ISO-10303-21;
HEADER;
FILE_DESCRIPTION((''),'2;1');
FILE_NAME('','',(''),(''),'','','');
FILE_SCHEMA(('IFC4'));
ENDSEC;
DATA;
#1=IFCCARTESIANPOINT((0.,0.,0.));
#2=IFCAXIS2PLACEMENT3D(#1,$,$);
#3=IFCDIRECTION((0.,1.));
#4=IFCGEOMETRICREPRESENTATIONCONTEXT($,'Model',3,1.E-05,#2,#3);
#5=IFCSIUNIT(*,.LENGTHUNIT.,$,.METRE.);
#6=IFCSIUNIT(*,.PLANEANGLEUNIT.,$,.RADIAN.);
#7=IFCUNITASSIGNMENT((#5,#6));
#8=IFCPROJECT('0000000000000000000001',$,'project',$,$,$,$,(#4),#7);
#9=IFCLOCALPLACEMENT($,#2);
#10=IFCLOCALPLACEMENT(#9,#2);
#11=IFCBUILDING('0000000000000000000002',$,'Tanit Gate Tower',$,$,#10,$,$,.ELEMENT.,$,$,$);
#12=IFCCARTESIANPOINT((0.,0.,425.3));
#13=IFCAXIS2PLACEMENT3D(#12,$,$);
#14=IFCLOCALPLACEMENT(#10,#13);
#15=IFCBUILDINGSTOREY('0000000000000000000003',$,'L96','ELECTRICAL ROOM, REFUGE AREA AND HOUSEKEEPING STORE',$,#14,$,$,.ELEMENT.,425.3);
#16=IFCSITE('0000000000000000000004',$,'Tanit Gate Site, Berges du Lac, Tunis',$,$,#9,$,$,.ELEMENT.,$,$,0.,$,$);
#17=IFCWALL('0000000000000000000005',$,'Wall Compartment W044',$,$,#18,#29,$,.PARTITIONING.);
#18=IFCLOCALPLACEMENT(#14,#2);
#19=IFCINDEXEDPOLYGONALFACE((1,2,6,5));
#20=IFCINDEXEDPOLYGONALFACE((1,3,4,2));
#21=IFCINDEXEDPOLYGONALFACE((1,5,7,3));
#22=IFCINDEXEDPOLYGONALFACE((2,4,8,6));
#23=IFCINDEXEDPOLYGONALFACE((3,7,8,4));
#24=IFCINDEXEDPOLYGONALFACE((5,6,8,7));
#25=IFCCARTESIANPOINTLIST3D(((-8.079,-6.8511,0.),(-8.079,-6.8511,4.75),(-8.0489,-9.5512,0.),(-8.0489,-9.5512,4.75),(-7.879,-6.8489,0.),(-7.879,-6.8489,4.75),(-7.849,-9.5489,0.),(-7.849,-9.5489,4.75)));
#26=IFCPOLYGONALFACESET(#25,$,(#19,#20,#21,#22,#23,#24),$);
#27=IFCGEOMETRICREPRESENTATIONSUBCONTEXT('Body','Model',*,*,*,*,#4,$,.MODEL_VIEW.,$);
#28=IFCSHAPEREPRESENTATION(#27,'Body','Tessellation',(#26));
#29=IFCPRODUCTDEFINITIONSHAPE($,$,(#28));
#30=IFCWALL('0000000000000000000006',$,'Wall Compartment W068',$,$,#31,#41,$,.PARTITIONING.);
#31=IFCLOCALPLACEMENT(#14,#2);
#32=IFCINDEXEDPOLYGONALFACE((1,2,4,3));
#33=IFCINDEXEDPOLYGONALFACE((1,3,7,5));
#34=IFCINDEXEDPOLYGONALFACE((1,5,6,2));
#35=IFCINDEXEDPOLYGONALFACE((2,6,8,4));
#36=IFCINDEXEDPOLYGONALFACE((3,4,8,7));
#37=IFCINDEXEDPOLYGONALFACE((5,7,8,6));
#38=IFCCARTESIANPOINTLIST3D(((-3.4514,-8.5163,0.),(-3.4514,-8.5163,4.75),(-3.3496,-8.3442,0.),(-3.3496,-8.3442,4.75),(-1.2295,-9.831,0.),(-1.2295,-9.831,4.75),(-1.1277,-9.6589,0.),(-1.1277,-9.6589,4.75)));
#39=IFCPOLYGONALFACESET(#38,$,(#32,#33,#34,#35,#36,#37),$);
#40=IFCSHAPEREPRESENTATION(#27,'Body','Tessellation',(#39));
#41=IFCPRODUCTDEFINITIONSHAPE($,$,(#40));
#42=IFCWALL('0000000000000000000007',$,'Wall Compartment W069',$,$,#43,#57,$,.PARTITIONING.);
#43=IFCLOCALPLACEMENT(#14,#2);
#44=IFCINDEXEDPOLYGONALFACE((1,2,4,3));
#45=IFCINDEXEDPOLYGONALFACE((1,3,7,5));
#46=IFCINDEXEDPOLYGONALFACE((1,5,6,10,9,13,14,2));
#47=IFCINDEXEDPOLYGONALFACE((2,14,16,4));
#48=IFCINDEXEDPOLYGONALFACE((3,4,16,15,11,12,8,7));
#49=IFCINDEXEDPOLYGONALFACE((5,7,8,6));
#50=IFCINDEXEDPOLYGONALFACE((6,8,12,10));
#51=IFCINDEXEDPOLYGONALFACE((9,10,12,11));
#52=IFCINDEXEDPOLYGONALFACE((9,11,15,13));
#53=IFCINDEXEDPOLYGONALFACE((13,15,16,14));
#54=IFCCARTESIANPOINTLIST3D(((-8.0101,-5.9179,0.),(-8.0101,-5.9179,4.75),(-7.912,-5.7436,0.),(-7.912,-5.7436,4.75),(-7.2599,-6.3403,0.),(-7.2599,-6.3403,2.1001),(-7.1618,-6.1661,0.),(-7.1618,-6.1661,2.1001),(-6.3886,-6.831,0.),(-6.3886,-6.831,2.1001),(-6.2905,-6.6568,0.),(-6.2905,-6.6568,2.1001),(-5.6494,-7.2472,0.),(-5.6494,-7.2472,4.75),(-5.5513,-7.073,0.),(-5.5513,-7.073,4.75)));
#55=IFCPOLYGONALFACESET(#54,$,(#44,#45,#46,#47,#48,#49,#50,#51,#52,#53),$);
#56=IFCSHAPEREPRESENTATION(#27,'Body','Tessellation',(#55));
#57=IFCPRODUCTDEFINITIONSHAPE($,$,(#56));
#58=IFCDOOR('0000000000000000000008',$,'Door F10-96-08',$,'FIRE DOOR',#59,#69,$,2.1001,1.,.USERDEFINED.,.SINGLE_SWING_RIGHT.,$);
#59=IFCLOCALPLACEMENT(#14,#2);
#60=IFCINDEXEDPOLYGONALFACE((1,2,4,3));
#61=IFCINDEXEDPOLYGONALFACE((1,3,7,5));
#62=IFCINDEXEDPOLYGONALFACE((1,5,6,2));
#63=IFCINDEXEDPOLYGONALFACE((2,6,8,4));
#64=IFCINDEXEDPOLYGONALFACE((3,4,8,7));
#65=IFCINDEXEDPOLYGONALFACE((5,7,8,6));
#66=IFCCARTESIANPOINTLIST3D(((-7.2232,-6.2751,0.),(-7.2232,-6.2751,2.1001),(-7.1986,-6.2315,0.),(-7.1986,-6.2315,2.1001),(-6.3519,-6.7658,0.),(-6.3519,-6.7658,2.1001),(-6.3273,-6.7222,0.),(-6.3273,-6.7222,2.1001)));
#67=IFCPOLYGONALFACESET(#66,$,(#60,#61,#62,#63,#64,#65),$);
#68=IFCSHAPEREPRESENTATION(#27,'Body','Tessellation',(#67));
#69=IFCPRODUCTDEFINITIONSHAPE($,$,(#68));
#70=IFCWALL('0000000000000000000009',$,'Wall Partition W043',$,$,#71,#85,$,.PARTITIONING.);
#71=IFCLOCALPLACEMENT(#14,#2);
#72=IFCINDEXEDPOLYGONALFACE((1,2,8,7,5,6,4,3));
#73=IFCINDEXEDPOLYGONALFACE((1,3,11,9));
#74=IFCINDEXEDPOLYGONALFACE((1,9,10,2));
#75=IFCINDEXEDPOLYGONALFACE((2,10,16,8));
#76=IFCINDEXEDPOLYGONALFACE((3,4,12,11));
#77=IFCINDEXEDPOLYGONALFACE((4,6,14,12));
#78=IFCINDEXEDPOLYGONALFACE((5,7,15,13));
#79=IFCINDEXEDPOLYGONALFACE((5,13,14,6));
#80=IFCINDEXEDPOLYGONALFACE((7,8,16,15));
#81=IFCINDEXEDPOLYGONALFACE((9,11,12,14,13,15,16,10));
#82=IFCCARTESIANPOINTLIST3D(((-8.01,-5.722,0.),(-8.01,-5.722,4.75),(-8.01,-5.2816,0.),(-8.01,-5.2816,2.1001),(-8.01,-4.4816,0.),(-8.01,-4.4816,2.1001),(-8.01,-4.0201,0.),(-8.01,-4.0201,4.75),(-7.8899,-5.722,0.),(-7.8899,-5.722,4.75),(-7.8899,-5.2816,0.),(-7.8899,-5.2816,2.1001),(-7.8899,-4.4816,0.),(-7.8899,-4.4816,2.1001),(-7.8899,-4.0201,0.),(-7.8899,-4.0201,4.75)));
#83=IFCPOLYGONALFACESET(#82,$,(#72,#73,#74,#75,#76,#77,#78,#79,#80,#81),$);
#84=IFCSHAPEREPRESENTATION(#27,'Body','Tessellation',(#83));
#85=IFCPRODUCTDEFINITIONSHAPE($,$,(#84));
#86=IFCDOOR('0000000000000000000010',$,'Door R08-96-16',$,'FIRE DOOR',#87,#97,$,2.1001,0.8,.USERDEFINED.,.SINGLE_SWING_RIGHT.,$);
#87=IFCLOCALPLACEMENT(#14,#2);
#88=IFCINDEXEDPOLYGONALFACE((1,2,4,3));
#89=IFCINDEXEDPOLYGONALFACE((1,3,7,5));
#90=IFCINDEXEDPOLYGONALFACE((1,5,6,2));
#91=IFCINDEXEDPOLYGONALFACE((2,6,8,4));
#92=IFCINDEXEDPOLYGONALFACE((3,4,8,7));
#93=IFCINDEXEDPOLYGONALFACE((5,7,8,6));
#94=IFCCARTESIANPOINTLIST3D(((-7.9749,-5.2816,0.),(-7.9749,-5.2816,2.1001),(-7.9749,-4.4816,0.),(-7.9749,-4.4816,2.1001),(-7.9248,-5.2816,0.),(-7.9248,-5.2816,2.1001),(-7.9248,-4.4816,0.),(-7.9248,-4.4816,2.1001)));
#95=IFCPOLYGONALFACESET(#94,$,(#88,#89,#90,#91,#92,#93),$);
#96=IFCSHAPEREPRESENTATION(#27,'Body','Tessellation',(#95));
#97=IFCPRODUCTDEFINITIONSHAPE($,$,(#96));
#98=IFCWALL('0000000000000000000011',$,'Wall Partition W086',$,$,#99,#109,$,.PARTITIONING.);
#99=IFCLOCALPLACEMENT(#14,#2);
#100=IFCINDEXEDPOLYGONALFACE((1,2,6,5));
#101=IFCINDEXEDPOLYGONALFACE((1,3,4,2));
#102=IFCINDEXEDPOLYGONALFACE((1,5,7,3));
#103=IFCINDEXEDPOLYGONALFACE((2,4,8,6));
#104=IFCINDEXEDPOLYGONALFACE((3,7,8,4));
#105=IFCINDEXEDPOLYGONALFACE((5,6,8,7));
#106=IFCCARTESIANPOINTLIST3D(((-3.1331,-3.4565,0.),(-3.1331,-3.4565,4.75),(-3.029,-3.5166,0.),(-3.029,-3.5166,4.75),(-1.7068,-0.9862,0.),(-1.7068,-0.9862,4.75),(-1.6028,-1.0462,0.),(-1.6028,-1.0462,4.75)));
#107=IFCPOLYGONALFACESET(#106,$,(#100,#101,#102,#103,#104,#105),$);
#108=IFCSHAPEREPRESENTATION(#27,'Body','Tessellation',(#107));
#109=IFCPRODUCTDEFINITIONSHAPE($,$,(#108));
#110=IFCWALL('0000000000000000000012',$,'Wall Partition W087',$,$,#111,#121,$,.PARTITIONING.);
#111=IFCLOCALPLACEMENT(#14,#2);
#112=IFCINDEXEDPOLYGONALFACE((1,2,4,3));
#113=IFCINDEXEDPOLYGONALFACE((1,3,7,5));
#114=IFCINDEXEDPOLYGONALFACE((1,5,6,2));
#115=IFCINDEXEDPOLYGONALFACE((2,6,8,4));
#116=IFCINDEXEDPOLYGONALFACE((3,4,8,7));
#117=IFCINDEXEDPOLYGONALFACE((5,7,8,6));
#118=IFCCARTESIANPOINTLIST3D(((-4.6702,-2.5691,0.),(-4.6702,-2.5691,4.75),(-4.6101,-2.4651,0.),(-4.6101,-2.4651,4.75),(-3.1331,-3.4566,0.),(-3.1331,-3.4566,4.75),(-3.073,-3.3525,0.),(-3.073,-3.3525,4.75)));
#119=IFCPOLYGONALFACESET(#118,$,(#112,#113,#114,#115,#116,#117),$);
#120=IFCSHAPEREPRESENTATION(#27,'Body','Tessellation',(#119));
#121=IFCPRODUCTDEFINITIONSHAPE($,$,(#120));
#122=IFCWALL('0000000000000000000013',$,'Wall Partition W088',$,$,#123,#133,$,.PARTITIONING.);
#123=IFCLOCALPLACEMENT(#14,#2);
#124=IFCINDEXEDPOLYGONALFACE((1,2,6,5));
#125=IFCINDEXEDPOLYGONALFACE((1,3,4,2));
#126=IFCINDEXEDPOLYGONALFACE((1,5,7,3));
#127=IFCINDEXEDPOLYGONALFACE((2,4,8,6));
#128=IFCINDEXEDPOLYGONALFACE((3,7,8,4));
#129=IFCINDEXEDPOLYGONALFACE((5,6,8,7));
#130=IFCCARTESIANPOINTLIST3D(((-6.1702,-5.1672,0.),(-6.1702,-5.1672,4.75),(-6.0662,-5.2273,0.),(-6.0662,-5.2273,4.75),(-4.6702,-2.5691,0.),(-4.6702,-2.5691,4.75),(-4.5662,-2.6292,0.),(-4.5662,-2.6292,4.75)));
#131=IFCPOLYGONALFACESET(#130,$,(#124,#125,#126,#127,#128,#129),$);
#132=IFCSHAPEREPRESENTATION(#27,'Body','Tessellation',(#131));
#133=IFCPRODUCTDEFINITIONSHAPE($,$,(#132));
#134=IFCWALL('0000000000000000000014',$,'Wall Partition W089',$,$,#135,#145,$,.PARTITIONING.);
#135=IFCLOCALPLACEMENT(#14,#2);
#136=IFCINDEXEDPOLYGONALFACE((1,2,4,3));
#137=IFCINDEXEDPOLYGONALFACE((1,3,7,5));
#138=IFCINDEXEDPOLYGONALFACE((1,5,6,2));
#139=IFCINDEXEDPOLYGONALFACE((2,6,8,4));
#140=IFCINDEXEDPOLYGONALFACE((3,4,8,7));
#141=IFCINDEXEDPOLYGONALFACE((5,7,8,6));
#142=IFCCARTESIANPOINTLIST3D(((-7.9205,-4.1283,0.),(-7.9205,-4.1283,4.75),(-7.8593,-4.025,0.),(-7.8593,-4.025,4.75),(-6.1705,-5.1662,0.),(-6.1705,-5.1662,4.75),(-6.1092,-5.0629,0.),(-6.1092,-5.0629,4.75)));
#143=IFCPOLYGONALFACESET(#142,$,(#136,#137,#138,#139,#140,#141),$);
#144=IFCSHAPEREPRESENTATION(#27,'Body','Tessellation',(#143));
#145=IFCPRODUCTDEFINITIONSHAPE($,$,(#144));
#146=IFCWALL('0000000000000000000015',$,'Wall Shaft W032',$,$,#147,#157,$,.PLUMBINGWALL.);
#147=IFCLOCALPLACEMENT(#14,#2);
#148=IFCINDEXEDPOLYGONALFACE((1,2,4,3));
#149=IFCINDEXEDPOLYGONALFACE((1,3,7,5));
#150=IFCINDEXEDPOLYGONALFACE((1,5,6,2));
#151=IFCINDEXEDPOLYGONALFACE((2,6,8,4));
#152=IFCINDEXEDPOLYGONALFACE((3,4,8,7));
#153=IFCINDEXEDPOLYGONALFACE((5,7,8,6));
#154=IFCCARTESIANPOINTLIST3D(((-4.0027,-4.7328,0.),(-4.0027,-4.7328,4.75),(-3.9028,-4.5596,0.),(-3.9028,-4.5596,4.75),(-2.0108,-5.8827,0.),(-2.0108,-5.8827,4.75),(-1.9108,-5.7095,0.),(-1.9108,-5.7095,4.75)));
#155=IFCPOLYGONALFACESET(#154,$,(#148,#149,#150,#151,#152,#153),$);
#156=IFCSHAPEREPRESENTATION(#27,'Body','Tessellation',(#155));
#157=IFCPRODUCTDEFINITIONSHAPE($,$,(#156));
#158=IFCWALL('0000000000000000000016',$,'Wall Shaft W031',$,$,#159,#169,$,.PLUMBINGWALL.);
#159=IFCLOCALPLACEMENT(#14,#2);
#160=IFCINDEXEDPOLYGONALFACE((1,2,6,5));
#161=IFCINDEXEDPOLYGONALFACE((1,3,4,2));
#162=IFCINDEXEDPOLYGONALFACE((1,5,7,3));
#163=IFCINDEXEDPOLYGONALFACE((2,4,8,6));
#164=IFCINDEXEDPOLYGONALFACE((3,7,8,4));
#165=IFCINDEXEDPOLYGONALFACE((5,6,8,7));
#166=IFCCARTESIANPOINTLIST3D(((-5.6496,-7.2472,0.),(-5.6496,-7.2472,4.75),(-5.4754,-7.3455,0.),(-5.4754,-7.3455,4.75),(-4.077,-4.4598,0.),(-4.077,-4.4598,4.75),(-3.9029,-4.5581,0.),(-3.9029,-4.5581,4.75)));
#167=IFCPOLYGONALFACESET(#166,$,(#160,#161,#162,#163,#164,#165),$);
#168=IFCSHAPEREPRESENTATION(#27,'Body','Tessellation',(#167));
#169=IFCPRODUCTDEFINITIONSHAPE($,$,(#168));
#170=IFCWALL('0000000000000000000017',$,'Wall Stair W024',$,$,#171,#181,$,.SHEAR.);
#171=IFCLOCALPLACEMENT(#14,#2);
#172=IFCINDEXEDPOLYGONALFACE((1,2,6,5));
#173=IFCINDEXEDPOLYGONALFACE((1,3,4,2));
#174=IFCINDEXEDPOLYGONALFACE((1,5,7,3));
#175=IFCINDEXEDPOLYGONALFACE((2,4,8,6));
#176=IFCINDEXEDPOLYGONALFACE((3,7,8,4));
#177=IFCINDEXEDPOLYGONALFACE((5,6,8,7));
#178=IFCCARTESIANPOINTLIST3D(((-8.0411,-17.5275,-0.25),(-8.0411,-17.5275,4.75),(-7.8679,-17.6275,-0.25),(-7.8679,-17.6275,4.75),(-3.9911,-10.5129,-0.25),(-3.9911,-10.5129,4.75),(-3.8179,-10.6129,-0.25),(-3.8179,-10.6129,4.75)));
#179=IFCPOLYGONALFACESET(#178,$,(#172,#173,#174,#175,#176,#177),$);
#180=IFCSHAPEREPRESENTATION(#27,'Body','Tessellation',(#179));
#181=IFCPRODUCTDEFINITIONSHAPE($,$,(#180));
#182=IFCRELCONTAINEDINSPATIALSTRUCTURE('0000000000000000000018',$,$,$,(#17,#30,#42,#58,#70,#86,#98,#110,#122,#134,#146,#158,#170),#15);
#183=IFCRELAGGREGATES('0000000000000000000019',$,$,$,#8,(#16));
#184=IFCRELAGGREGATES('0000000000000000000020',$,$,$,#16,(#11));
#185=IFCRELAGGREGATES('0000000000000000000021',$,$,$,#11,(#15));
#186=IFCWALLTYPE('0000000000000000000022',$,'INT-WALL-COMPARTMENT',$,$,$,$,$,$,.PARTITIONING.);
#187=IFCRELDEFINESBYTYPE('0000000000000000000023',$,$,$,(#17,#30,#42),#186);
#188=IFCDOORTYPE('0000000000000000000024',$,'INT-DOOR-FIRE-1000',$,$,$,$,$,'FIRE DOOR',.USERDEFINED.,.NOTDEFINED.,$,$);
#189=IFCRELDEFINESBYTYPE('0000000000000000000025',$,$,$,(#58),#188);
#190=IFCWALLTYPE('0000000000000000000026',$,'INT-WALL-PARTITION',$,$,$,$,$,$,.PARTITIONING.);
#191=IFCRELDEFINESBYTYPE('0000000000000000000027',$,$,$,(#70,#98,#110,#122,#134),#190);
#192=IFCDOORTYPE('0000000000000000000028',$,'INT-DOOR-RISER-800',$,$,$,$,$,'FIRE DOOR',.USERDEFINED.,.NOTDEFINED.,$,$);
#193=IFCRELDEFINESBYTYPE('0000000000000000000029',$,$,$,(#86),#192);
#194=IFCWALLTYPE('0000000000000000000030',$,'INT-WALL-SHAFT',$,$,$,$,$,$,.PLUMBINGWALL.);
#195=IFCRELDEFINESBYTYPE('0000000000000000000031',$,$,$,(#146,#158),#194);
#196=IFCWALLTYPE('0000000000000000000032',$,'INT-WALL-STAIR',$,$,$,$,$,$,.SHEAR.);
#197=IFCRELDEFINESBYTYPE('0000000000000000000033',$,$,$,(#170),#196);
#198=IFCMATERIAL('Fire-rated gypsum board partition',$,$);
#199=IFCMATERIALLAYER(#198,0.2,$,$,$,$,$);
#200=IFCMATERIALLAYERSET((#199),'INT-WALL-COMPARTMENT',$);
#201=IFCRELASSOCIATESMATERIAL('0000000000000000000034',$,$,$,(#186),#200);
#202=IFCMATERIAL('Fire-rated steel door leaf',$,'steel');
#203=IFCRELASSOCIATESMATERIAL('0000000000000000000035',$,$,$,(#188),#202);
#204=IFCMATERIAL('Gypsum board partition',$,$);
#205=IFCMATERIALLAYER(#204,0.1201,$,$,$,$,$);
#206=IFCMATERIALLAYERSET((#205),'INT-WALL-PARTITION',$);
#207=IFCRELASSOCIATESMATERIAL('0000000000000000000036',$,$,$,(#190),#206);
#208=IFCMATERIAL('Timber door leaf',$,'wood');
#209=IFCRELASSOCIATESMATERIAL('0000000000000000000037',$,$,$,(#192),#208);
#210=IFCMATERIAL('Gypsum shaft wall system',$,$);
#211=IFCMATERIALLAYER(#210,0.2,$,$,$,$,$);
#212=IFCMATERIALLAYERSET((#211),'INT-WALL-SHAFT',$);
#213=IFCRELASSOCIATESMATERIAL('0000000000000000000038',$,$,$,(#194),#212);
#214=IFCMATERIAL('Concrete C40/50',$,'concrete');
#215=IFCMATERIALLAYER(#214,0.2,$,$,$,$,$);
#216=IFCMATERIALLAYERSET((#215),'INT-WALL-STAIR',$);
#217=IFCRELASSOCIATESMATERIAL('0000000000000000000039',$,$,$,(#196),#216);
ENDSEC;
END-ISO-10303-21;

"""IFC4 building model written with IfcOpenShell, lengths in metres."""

from ifc_helpers import new_model, si_unit, direction, frame, frame_2d, origin, place, context, subcontext, project, spatial, rectangle, extrude, material, layer, layer_set, type_object, element, fill, save


model = new_model("IFC4")

# Units and contexts
model_context = context("Model", 3, precision=1e-05, world=origin(), true_north=direction((0.0, 1.0)))
body_context = subcontext(model_context, "Body", "Model", "MODEL_VIEW")
ifc_project = project(units=[si_unit("LENGTHUNIT", "METRE"), si_unit("PLANEANGLEUNIT", "RADIAN")], contexts=[model_context])

# Site, building, storey
site_placement = place(None, origin())
site = spatial("IfcSite", under=ifc_project, at=site_placement, Name="Tanit Gate Site, Berges du Lac, Tunis", CompositionType="ELEMENT", RefElevation=0.0)
building_placement = place(site_placement, origin())
building = spatial("IfcBuilding", under=site, at=building_placement, Name="Tanit Gate Tower", CompositionType="ELEMENT")
storey_placement = place(building_placement, frame((0.0, 0.0, 425.3)))
storey = spatial("IfcBuildingStorey", under=building, at=storey_placement, Name="L96", Description="ELECTRICAL ROOM, REFUGE AREA AND HOUSEKEEPING STORE", CompositionType="ELEMENT", Elevation=425.3)

# Walls
ifc_material_1 = material(Name="Fire-rated gypsum board partition")
ifc_layer_1 = layer(ifc_material_1, 0.2)
ifc_layer_set_1 = layer_set([ifc_layer_1], Name="INT-WALL-COMPARTMENT")
wall_type_1 = type_object("IfcWallType", Name="INT-WALL-COMPARTMENT", PredefinedType="PARTITIONING", material=ifc_layer_set_1)
wall_1_placement = place(storey_placement, frame((-7.949, -9.55, 0.0), z_axis=(0.0, 0.0, 1.0), x_axis=(-0.011121, 0.999938, 0.0)))
element("IfcWall", 1, at=wall_1_placement, inside=storey, type_object=wall_type_1, Name="Wall Compartment W044", PredefinedType="PARTITIONING", context=body_context, shape_type="SweptSolid", body=[
    extrude(rectangle(XDim=2.7002, YDim=0.2, at=frame_2d((1.3501, 0.0))), origin(), (0.0, 0.0, 1.0), 4.75),
])
wall_2_placement = place(storey_placement, frame((-3.4006, -8.4302, 0.0), z_axis=(0.0, 0.0, 1.0), x_axis=(0.860631, -0.509229, 0.0)))
element("IfcWall", 2, at=wall_2_placement, inside=storey, type_object=wall_type_1, Name="Wall Compartment W068", PredefinedType="PARTITIONING", context=body_context, shape_type="SweptSolid", body=[
    extrude(rectangle(XDim=2.5818, YDim=0.2, at=frame_2d((1.291, 0.0))), origin(), (0.0, 0.0, 1.0), 4.75),
])

# Walls, openings, doors
wall_3_placement = place(storey_placement, frame((-7.9609, -5.8308, 0.0), z_axis=(0.0, 0.0, 1.0), x_axis=(0.871337, -0.490685, 0.0)))
wall_3 = element("IfcWall", 3, at=wall_3_placement, inside=storey, type_object=wall_type_1, Name="Wall Compartment W069", PredefinedType="PARTITIONING", context=body_context, shape_type="SweptSolid", body=[
    extrude(rectangle(XDim=2.7092, YDim=0.2, at=frame_2d((1.3545, 0.0))), origin(), (0.0, 0.0, 1.0), 4.75),
])
opening_1_placement = place(wall_3_placement, frame((0.8608, 0.0, 0.0)))
opening_1 = element("IfcOpeningElement", 4, at=opening_1_placement, cuts=wall_3, PredefinedType="OPENING", context=body_context, shape_type="SweptSolid", body=[
    extrude(rectangle(XDim=1.0, YDim=2.1001, at=frame_2d((0.5, 1.05))), frame((0.0, 0.1099, 0.0), z_axis=(0.0, -1.0, 0.0), x_axis=(1.0, 0.0, 0.0)), (0.0, 0.0, 1.0), 0.22),
])
ifc_material_2 = material(Name="Fire-rated steel door leaf", Category="steel")
door_type_1 = type_object("IfcDoorType", Name="INT-DOOR-FIRE-1000", ElementType="FIRE DOOR", OperationType="NOTDEFINED", PredefinedType="USERDEFINED", material=ifc_material_2)
door_1_placement = place(opening_1_placement, origin())
door_1 = element("IfcDoor", 5, at=door_1_placement, inside=storey, type_object=door_type_1, Name="Door F10-96-08", ObjectType="FIRE DOOR", OperationType="SINGLE_SWING_RIGHT", OverallHeight=2.1001, OverallWidth=1.0, PredefinedType="USERDEFINED", context=body_context, shape_type="SweptSolid", body=[
    extrude(rectangle(XDim=1.0, YDim=2.1001, at=frame_2d((0.5, 1.05))), frame((0.0, 0.0249, 0.0), z_axis=(0.0, -1.0, 0.0), x_axis=(1.0, 0.0, 0.0)), (0.0, 0.0, 1.0), 0.05),
])
fill(opening_1, door_1)
ifc_material_3 = material(Name="Gypsum board partition")
ifc_layer_2 = layer(ifc_material_3, 0.1201)
ifc_layer_set_2 = layer_set([ifc_layer_2], Name="INT-WALL-PARTITION")
wall_type_2 = type_object("IfcWallType", Name="INT-WALL-PARTITION", PredefinedType="PARTITIONING", material=ifc_layer_set_2)
wall_4_placement = place(storey_placement, frame((-7.95, -5.7222, 0.0), z_axis=(0.0, 0.0, 1.0), x_axis=(0.0, 1.0, 0.0)))
wall_4 = element("IfcWall", 6, at=wall_4_placement, inside=storey, type_object=wall_type_2, Name="Wall Partition W043", PredefinedType="PARTITIONING", context=body_context, shape_type="SweptSolid", body=[
    extrude(rectangle(XDim=1.7019, YDim=0.1201, at=frame_2d((0.8511, 0.0))), origin(), (0.0, 0.0, 1.0), 4.75),
])
opening_2_placement = place(wall_4_placement, frame((0.4407, 0.0, 0.0)))
opening_2 = element("IfcOpeningElement", 7, at=opening_2_placement, cuts=wall_4, PredefinedType="OPENING", context=body_context, shape_type="SweptSolid", body=[
    extrude(rectangle(XDim=0.8, YDim=2.1001, at=frame_2d((0.3999, 1.05))), frame((0.0, 0.0701, 0.0), z_axis=(0.0, -1.0, 0.0), x_axis=(1.0, 0.0, 0.0)), (0.0, 0.0, 1.0), 0.1401),
])
ifc_material_4 = material(Name="Timber door leaf", Category="wood")
door_type_2 = type_object("IfcDoorType", Name="INT-DOOR-RISER-800", ElementType="FIRE DOOR", OperationType="NOTDEFINED", PredefinedType="USERDEFINED", material=ifc_material_4)
door_2_placement = place(opening_2_placement, origin())
door_2 = element("IfcDoor", 8, at=door_2_placement, inside=storey, type_object=door_type_2, Name="Door R08-96-16", ObjectType="FIRE DOOR", OperationType="SINGLE_SWING_RIGHT", OverallHeight=2.1001, OverallWidth=0.8, PredefinedType="USERDEFINED", context=body_context, shape_type="SweptSolid", body=[
    extrude(rectangle(XDim=0.8, YDim=2.1001, at=frame_2d((0.3999, 1.05))), frame((0.0, 0.0249, 0.0), z_axis=(0.0, -1.0, 0.0), x_axis=(1.0, 0.0, 0.0)), (0.0, 0.0, 1.0), 0.05),
])
fill(opening_2, door_2)

# Walls
wall_5_placement = place(storey_placement, frame((-3.0811, -3.4866, 0.0), z_axis=(0.0, 0.0, 1.0), x_axis=(0.499987, 0.866033, 0.0)))
element("IfcWall", 9, at=wall_5_placement, inside=storey, type_object=wall_type_2, Name="Wall Partition W086", PredefinedType="PARTITIONING", context=body_context, shape_type="SweptSolid", body=[
    extrude(rectangle(XDim=2.8525, YDim=0.1201, at=frame_2d((1.4263, 0.0))), origin(), (0.0, 0.0, 1.0), 4.75),
])
wall_6_placement = place(storey_placement, frame((-4.6401, -2.5171, 0.0), z_axis=(0.0, 0.0, 1.0), x_axis=(0.866025, -0.5, 0.0)))
element("IfcWall", 10, at=wall_6_placement, inside=storey, type_object=wall_type_2, Name="Wall Partition W087", PredefinedType="PARTITIONING", context=body_context, shape_type="SweptSolid", body=[
    extrude(rectangle(XDim=1.7749, YDim=0.1201, at=frame_2d((0.8875, 0.0))), origin(), (0.0, 0.0, 1.0), 4.75),
])
wall_7_placement = place(storey_placement, frame((-6.1182, -5.1973, 0.0), z_axis=(0.0, 0.0, 1.0), x_axis=(0.49999, 0.866031, 0.0)))
element("IfcWall", 11, at=wall_7_placement, inside=storey, type_object=wall_type_2, Name="Wall Partition W088", PredefinedType="PARTITIONING", context=body_context, shape_type="SweptSolid", body=[
    extrude(rectangle(XDim=3.0, YDim=0.1201, at=frame_2d((1.5, 0.0))), origin(), (0.0, 0.0, 1.0), 4.75),
])
wall_8_placement = place(storey_placement, frame((-7.8899, -4.0767, 0.0), z_axis=(0.0, 0.0, 1.0), x_axis=(0.860118, -0.510095, 0.0)))
element("IfcWall", 12, at=wall_8_placement, inside=storey, type_object=wall_type_2, Name="Wall Partition W089", PredefinedType="PARTITIONING", context=body_context, shape_type="SweptSolid", body=[
    extrude(rectangle(XDim=2.0347, YDim=0.1201, at=frame_2d((1.0173, 0.0))), origin(), (0.0, 0.0, 1.0), 4.75),
])

# Shared definitions
ifc_material_5 = material(Name="Gypsum shaft wall system")
ifc_layer_3 = layer(ifc_material_5, 0.2)
ifc_layer_set_3 = layer_set([ifc_layer_3], Name="INT-WALL-SHAFT")
wall_type_3 = type_object("IfcWallType", Name="INT-WALL-SHAFT", PredefinedType="PLUMBINGWALL", material=ifc_layer_set_3)

# Walls
wall_9_placement = place(storey_placement, frame((-3.9526, -4.6462, 0.0), z_axis=(0.0, 0.0, 1.0), x_axis=(0.866053, -0.499952, 0.0)))
element("IfcWall", 13, at=wall_9_placement, inside=storey, type_object=wall_type_3, Name="Wall Shaft W032", PredefinedType="PLUMBINGWALL", context=body_context, shape_type="SweptSolid", body=[
    extrude(rectangle(XDim=2.3, YDim=0.2, at=frame_2d((1.1499, 0.0))), origin(), (0.0, 0.0, 1.0), 4.75),
])
wall_10_placement = place(storey_placement, frame((-3.99, -4.509, 0.0), z_axis=(0.0, 0.0, 1.0), x_axis=(-0.491358, -0.870958, 0.0)))
element("IfcWall", 14, at=wall_10_placement, inside=storey, type_object=wall_type_3, Name="Wall Shaft W031", PredefinedType="PLUMBINGWALL", context=body_context, shape_type="SweptSolid", body=[
    extrude(rectangle(XDim=3.2004, YDim=0.2, at=frame_2d((1.6001, 0.0))), origin(), (0.0, 0.0, 1.0), 4.75),
])
ifc_material_6 = material(Name="Concrete C40/50", Category="concrete")
ifc_layer_4 = layer(ifc_material_6, 0.2)
ifc_layer_set_4 = layer_set([ifc_layer_4], Name="INT-WALL-STAIR")
wall_type_4 = type_object("IfcWallType", Name="INT-WALL-STAIR", PredefinedType="SHEAR", material=ifc_layer_set_4)
wall_11_placement = place(storey_placement, frame((-3.9045, -10.563, -0.25), z_axis=(0.0, 0.0, 1.0), x_axis=(-0.500013, -0.866018, 0.0)))
element("IfcWall", 15, at=wall_11_placement, inside=storey, type_object=wall_type_4, Name="Wall Stair W024", PredefinedType="SHEAR", context=body_context, shape_type="SweptSolid", body=[
    extrude(rectangle(XDim=8.0999, YDim=0.2, at=frame_2d((4.0498, 0.0))), origin(), (0.0, 0.0, 1.0), 5.0),
])

save(model, "model.ifc")
